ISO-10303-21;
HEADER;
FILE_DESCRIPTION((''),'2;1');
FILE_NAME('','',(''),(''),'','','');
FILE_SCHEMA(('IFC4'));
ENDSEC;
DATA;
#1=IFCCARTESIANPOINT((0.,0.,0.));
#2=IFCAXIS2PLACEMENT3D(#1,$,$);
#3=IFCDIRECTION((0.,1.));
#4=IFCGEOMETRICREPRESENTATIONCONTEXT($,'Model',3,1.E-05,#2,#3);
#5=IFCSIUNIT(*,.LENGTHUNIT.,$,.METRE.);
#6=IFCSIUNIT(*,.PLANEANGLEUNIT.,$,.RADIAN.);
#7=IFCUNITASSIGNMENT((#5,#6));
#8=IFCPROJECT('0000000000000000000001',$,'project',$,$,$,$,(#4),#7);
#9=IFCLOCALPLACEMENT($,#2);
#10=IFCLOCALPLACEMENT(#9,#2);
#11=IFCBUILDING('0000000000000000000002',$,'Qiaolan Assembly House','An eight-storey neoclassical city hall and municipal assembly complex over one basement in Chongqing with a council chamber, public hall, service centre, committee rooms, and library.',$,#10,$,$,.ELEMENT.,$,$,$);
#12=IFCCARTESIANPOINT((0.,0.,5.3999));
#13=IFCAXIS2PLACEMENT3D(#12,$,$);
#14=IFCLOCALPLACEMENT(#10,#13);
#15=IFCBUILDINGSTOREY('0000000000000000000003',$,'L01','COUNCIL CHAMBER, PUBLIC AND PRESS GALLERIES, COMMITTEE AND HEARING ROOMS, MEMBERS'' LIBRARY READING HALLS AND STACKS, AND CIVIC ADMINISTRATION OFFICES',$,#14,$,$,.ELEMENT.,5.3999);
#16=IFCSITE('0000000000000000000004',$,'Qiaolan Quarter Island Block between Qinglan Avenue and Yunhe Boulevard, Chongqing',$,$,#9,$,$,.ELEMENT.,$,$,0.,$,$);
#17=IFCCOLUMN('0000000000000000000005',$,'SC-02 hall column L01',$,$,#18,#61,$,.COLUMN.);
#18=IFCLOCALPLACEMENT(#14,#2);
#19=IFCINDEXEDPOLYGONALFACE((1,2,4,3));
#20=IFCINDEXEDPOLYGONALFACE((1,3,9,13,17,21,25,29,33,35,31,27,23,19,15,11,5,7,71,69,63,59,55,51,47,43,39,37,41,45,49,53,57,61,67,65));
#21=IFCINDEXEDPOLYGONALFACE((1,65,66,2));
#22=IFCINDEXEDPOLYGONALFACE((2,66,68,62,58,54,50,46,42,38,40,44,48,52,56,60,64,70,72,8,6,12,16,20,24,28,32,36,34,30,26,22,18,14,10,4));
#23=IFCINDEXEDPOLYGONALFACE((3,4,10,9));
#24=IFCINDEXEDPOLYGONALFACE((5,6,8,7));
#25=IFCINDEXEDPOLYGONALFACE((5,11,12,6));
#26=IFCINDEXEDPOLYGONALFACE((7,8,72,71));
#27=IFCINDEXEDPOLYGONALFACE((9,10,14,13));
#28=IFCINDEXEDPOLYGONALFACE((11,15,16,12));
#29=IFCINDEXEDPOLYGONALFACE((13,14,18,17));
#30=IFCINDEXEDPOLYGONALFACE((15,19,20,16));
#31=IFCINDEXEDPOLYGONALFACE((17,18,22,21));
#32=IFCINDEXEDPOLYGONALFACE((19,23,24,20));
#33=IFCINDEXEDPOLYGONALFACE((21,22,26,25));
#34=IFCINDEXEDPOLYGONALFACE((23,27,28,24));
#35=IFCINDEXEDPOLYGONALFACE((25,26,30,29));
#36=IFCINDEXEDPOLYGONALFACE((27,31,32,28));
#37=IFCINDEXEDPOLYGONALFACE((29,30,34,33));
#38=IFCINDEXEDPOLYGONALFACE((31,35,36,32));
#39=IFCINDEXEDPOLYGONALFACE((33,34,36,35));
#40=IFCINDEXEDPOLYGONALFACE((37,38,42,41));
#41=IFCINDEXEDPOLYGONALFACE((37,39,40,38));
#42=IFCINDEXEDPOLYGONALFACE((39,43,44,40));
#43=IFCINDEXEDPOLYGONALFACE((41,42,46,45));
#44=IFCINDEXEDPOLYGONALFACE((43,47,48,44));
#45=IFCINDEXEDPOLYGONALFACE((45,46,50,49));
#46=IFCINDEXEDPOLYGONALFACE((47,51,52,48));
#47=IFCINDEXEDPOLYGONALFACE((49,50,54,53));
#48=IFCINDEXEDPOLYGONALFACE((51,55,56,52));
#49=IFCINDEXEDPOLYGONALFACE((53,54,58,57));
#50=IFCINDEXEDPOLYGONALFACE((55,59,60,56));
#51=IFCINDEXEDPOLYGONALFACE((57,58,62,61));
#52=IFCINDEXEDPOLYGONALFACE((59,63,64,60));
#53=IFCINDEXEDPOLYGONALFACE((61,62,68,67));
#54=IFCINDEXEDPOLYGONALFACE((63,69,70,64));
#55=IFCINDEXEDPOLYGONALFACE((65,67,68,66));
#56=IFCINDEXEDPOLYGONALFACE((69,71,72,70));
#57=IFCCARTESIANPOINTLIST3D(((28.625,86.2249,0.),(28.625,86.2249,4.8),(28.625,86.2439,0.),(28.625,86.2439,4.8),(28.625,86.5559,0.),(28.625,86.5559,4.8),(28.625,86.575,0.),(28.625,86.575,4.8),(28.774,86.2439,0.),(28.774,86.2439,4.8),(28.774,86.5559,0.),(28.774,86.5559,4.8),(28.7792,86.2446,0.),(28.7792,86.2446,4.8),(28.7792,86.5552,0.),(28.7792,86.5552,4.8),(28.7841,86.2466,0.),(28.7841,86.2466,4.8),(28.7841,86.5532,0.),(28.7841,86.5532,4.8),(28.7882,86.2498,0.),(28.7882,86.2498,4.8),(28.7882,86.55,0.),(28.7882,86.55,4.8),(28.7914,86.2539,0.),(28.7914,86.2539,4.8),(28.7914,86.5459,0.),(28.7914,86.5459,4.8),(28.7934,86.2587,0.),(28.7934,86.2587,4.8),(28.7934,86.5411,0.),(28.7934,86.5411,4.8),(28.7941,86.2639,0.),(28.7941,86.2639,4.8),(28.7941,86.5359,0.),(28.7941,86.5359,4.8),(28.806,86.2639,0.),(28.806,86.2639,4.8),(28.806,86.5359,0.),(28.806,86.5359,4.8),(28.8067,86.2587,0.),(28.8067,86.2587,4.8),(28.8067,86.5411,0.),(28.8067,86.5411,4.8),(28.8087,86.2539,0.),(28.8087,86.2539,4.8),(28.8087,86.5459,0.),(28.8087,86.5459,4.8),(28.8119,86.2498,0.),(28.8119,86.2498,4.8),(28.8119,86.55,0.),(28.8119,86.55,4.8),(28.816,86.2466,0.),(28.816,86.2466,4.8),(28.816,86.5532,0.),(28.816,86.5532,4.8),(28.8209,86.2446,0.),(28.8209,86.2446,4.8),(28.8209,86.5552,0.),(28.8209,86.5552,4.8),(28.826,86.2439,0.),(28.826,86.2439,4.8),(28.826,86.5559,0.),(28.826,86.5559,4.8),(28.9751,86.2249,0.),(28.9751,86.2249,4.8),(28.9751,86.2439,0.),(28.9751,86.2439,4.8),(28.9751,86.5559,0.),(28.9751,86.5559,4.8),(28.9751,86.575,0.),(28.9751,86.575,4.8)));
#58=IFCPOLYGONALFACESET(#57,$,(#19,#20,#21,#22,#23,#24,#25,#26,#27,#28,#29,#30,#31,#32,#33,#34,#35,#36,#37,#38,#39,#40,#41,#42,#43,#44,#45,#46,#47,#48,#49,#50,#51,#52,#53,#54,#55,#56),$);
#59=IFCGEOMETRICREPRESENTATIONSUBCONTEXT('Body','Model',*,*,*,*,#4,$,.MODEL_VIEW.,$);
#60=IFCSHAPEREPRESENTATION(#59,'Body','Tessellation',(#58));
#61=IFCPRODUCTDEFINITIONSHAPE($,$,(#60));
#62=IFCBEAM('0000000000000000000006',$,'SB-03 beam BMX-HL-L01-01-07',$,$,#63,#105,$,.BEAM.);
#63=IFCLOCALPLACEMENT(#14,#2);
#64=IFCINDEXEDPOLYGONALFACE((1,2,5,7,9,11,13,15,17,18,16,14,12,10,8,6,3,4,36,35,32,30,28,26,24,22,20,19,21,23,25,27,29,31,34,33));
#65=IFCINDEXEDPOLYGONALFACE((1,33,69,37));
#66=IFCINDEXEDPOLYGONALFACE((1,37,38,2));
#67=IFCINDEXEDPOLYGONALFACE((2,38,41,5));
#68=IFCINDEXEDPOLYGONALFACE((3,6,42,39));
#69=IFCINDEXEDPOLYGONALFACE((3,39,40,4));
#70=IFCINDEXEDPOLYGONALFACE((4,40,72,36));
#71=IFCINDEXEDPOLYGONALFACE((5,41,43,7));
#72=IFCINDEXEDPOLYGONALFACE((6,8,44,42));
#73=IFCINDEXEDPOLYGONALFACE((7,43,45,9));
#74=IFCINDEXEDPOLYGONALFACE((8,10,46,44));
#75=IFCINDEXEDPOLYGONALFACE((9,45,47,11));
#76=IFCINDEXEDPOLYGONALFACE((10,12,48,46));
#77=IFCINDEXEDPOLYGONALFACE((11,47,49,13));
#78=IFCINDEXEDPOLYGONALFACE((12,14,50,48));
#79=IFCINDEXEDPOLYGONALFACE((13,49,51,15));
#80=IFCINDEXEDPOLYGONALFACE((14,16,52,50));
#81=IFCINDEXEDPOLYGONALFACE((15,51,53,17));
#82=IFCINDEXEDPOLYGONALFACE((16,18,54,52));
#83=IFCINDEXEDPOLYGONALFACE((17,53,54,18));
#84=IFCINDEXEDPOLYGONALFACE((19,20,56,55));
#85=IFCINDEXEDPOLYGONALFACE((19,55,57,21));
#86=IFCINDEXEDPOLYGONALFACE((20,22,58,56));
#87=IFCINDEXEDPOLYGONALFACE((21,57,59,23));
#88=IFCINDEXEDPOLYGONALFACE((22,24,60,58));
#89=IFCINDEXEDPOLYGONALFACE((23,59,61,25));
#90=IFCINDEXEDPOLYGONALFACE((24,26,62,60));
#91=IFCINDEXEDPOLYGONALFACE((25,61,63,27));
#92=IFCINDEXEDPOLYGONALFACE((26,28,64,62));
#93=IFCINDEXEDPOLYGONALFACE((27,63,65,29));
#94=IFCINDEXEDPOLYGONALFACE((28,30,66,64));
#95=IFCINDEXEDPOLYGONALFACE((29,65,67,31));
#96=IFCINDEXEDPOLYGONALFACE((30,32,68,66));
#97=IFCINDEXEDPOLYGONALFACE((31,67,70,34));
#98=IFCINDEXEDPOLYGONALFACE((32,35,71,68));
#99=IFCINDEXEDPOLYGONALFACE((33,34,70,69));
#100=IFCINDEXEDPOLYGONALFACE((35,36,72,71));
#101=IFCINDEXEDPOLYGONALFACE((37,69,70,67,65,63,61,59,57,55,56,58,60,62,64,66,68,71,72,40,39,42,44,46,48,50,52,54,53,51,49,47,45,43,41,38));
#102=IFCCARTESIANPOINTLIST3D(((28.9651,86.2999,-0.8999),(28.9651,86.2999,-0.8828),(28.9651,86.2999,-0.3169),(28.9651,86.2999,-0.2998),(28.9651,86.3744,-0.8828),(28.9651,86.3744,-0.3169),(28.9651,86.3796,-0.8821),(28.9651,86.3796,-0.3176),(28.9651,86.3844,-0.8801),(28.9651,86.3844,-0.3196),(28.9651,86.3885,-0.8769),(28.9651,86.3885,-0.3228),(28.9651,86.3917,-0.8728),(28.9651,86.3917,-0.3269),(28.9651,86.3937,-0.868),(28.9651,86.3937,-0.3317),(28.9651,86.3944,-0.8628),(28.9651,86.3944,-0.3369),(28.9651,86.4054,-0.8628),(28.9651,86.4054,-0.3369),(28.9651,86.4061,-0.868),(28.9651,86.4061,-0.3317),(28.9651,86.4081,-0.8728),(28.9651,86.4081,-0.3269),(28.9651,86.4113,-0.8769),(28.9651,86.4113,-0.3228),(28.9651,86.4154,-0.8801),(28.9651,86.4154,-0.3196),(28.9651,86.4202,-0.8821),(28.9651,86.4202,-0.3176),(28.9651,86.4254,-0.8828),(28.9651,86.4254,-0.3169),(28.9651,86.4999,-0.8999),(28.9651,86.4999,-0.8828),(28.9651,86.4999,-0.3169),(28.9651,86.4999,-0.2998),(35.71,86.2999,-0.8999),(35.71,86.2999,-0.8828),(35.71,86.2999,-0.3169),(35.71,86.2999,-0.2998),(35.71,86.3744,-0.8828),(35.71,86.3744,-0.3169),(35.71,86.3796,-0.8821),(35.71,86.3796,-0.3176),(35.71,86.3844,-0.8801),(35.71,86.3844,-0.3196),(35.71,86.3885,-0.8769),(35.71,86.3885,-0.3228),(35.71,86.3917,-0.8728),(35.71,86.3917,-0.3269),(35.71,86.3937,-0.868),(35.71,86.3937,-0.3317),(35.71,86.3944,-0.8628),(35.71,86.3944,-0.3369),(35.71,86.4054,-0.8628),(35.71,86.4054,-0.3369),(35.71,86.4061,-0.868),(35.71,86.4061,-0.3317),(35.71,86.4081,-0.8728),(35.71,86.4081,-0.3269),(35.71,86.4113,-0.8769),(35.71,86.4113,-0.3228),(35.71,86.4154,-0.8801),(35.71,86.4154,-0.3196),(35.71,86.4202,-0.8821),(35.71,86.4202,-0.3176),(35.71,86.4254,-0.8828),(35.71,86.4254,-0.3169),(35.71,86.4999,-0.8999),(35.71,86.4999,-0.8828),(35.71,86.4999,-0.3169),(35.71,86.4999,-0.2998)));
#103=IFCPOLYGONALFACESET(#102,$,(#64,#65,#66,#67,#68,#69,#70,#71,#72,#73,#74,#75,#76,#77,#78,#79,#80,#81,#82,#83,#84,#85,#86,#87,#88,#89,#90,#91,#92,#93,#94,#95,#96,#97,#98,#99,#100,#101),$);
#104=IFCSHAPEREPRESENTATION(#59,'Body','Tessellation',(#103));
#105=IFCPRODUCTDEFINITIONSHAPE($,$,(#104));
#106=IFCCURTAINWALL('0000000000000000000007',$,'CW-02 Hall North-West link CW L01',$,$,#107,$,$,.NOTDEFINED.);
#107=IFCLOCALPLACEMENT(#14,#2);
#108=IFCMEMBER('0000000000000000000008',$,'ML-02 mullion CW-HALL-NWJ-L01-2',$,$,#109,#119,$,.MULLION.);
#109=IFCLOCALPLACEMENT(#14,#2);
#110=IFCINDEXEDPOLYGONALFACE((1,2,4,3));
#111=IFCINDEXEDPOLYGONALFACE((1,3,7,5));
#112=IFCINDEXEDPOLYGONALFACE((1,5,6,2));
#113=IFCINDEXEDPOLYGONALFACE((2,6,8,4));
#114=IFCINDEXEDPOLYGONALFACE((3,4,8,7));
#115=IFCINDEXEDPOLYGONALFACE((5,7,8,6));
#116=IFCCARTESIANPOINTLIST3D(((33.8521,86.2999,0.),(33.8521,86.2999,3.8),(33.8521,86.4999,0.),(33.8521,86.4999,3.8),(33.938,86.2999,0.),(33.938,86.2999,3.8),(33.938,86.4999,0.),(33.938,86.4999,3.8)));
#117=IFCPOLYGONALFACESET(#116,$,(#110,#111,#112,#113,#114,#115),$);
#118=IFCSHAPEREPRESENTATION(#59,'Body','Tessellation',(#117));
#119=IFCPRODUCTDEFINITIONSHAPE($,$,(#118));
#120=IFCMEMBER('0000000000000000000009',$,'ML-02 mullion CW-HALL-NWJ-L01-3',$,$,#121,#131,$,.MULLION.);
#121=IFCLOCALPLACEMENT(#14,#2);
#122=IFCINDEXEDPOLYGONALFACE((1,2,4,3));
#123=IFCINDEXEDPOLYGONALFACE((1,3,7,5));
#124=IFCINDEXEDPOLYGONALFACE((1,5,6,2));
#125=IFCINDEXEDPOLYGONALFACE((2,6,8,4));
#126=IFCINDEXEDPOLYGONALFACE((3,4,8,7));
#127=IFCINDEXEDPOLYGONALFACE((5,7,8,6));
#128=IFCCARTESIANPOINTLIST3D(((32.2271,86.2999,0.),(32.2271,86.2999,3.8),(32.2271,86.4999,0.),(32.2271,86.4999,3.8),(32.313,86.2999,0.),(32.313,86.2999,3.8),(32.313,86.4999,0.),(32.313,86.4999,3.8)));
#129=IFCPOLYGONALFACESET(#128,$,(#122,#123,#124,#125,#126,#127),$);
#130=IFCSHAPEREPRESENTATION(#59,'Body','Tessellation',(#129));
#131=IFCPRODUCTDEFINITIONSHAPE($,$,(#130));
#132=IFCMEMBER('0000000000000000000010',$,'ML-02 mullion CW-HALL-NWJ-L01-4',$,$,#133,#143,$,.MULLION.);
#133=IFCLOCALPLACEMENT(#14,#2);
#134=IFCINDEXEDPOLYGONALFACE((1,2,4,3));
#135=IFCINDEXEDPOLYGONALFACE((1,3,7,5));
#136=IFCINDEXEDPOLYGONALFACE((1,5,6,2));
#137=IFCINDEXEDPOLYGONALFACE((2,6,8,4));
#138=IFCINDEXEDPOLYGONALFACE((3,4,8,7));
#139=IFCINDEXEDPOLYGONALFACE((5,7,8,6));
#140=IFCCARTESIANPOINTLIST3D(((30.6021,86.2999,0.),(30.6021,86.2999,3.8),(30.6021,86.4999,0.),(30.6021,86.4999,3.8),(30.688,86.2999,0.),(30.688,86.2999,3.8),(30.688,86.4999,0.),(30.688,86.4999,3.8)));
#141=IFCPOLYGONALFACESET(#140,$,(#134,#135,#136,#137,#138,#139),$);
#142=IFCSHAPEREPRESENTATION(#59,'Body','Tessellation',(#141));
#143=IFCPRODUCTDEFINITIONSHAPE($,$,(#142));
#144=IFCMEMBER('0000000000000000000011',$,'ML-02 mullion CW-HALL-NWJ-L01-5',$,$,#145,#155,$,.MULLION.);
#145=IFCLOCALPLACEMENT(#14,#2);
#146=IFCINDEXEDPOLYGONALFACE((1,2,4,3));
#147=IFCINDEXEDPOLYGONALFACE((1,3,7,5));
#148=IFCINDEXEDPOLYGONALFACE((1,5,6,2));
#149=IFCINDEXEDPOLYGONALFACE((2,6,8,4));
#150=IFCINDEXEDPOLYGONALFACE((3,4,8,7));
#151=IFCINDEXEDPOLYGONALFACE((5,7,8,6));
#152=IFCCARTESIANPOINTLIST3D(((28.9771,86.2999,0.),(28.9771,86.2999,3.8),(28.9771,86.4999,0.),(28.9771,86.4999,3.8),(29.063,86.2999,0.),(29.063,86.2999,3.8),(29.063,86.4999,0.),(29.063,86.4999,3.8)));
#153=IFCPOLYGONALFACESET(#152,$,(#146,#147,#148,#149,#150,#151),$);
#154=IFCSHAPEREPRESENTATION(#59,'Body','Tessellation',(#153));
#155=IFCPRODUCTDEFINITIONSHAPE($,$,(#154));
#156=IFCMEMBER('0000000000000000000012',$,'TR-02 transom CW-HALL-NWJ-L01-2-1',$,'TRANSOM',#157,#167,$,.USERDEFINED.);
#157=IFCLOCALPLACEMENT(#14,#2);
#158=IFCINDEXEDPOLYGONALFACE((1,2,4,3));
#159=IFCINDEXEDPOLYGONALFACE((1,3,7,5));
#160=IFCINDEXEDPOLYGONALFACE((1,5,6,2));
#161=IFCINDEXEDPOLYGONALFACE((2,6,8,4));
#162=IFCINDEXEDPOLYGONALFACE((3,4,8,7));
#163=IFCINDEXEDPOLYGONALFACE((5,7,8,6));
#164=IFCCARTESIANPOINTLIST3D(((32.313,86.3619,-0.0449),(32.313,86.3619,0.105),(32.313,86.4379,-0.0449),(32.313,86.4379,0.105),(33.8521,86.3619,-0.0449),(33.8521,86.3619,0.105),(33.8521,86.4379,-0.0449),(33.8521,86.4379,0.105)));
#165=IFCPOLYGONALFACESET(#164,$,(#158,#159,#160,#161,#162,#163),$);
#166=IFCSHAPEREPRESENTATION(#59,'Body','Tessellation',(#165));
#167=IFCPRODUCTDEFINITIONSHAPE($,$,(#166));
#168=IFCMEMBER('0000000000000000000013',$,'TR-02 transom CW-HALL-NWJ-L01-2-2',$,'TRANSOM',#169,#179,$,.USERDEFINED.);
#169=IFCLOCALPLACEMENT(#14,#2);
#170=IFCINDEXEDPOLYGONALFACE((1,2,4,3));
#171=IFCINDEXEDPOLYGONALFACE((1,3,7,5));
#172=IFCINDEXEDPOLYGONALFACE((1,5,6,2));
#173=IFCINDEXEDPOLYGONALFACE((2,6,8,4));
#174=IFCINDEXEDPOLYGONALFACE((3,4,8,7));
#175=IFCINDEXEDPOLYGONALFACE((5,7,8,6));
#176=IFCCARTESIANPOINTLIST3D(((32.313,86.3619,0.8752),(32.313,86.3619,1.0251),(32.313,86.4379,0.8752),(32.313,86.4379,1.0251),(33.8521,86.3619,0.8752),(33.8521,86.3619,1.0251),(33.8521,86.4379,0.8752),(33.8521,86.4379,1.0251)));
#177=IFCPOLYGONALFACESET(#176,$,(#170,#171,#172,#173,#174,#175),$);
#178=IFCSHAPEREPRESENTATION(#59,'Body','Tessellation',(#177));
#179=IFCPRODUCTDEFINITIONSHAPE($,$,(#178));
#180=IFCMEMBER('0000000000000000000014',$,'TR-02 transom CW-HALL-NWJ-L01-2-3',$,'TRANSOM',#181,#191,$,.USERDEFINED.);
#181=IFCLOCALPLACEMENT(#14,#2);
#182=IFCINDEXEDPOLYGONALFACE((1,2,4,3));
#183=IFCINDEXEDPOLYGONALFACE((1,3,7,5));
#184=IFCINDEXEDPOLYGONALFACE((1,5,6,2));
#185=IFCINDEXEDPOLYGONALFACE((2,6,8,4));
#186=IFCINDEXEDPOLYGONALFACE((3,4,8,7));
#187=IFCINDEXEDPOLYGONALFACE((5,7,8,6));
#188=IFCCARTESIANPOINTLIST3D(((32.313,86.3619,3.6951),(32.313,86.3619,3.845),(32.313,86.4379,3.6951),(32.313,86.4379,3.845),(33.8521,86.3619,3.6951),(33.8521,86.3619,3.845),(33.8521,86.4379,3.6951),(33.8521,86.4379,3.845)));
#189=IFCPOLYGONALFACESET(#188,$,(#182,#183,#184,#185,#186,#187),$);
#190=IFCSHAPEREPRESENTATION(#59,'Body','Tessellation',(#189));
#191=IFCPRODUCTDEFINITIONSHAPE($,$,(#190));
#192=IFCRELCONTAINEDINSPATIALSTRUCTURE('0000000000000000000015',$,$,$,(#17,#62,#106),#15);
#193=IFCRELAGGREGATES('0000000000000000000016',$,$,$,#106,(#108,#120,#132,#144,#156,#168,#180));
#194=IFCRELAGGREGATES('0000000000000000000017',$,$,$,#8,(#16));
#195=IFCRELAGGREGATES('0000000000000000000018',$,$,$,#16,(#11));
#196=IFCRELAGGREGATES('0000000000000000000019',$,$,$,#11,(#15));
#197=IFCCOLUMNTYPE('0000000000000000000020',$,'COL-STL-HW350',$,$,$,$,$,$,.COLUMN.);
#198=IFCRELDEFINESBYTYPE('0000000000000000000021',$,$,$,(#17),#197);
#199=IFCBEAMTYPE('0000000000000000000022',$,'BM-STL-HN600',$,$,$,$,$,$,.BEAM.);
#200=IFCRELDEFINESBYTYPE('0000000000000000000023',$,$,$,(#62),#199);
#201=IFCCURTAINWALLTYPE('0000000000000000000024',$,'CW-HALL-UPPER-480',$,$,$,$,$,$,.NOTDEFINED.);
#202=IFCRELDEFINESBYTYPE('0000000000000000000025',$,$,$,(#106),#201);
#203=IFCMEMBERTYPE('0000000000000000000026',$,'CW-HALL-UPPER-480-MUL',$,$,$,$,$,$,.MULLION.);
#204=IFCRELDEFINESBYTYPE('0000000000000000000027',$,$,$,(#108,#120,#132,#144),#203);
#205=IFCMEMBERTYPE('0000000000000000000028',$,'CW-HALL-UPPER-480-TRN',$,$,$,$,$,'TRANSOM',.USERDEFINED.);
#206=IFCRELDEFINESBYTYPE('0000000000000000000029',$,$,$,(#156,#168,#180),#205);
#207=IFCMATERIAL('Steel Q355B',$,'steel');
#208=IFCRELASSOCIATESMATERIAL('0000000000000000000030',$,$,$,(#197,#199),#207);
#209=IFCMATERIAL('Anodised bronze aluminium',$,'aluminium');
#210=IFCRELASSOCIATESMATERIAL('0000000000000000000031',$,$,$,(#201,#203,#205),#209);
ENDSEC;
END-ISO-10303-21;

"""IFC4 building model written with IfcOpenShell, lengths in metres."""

from ifc_helpers import new_model, si_unit, direction, frame, origin, origin_2d, place, context, subcontext, project, spatial, rectangle, i_section, extrude, material, material_profile, profile_set, type_object, element, aggregate, save


model = new_model("IFC4")

# Units and contexts
model_context = context("Model", 3, precision=1e-05, world=origin(), true_north=direction((0.0, 1.0)))
body_context = subcontext(model_context, "Body", "Model", "MODEL_VIEW")
ifc_project = project(units=[si_unit("LENGTHUNIT", "METRE"), si_unit("PLANEANGLEUNIT", "RADIAN")], contexts=[model_context])

# Site, building, storey
site_placement = place(None, origin())
site = spatial("IfcSite", under=ifc_project, at=site_placement, Name="Qiaolan Quarter Island Block between Qinglan Avenue and Yunhe Boulevard, Chongqing", CompositionType="ELEMENT", RefElevation=0.0)
building_placement = place(site_placement, origin())
building = spatial("IfcBuilding", under=site, at=building_placement, Name="Qiaolan Assembly House", Description="An eight-storey neoclassical city hall and municipal assembly complex over one basement in Chongqing with a council chamber, public hall, service centre, committee rooms, and library.", CompositionType="ELEMENT")
storey_placement = place(building_placement, frame((0.0, 0.0, 5.3999)))
storey = spatial("IfcBuildingStorey", under=building, at=storey_placement, Name="L01", Description="COUNCIL CHAMBER, PUBLIC AND PRESS GALLERIES, COMMITTEE AND HEARING ROOMS, MEMBERS' LIBRARY READING HALLS AND STACKS, AND CIVIC ADMINISTRATION OFFICES", CompositionType="ELEMENT", Elevation=5.3999)

# Column
ifc_material_1 = material(Name="Steel Q355B", Category="steel")
ifc_material_profile_1 = material_profile(ifc_material_1, i_section(OverallWidth=0.3501, OverallDepth=0.3501, WebThickness=0.012, FlangeThickness=0.019, FilletRadius=0.02, at=origin_2d()), Name="HW 350x350x12x19")
ifc_profile_set_1 = profile_set([ifc_material_profile_1], Name="Steel Q355B")
column_type = type_object("IfcColumnType", Name="COL-STL-HW350", PredefinedType="COLUMN", material=ifc_profile_set_1)
column_placement = place(storey_placement, frame((28.8, 86.3999, 0.0), z_axis=(0.0, 0.0, 1.0), x_axis=(1.0, 0.0, 0.0)))
element("IfcColumn", 1, at=column_placement, inside=storey, type_object=column_type, Name="SC-02 hall column L01", PredefinedType="COLUMN", context=body_context, shape_type="SweptSolid", body=[
    extrude(i_section(OverallWidth=0.3501, OverallDepth=0.3501, WebThickness=0.012, FlangeThickness=0.019, FilletRadius=0.02, at=origin_2d()), origin(), (0.0, 0.0, 1.0), 4.8),
])

# Beam
ifc_material_profile_2 = material_profile(ifc_material_1, i_section(OverallWidth=0.2, OverallDepth=0.6001, WebThickness=0.011, FlangeThickness=0.0171, FilletRadius=0.02, at=origin_2d()), Name="HN 600x200x11x17")
ifc_profile_set_2 = profile_set([ifc_material_profile_2], Name="Steel Q355B")
beam_type = type_object("IfcBeamType", Name="BM-STL-HN600", PredefinedType="BEAM", material=ifc_profile_set_2)
beam_placement = place(storey_placement, frame((28.9651, 86.3999, -0.5999), z_axis=(1.0, 0.0, 0.0), x_axis=(0.0, 1.0, 0.0)))
element("IfcBeam", 2, at=beam_placement, inside=storey, type_object=beam_type, Name="SB-03 beam BMX-HL-L01-01-07", PredefinedType="BEAM", context=body_context, shape_type="SweptSolid", body=[
    extrude(i_section(OverallWidth=0.2, OverallDepth=0.6001, WebThickness=0.011, FlangeThickness=0.0171, FilletRadius=0.02, at=origin_2d()), origin(), (0.0, 0.0, 1.0), 6.7449),
])

# Curtain wall, members
ifc_material_2 = material(Name="Anodised bronze aluminium", Category="aluminium")
curtain_wall_type = type_object("IfcCurtainWallType", Name="CW-HALL-UPPER-480", PredefinedType="NOTDEFINED", material=ifc_material_2)
curtain_wall_placement = place(storey_placement, origin())
curtain_wall = element("IfcCurtainWall", 3, at=curtain_wall_placement, inside=storey, type_object=curtain_wall_type, Name="CW-02 Hall North-West link CW L01", PredefinedType="NOTDEFINED")
ifc_material_profile_3 = material_profile(ifc_material_2, rectangle(XDim=0.0859, YDim=0.2, at=origin_2d()), Name="MUL 86x200")
ifc_profile_set_3 = profile_set([ifc_material_profile_3], Name="Anodised bronze aluminium")
member_type_1 = type_object("IfcMemberType", Name="CW-HALL-UPPER-480-MUL", PredefinedType="MULLION", material=ifc_profile_set_3)
member_1_placement = place(storey_placement, frame((33.895, 86.3999, 0.0), z_axis=(0.0, 0.0, 1.0), x_axis=(-1.0, 0.0, 0.0)))
member_1 = element("IfcMember", 4, at=member_1_placement, type_object=member_type_1, Name="ML-02 mullion CW-HALL-NWJ-L01-2", PredefinedType="MULLION", context=body_context, shape_type="SweptSolid", body=[
    extrude(rectangle(XDim=0.0859, YDim=0.2, at=origin_2d()), origin(), (0.0, 0.0, 1.0), 3.8),
])
member_2_placement = place(storey_placement, frame((32.27, 86.3999, 0.0), z_axis=(0.0, 0.0, 1.0), x_axis=(-1.0, 0.0, 0.0)))
member_2 = element("IfcMember", 5, at=member_2_placement, type_object=member_type_1, Name="ML-02 mullion CW-HALL-NWJ-L01-3", PredefinedType="MULLION", context=body_context, shape_type="SweptSolid", body=[
    extrude(rectangle(XDim=0.0859, YDim=0.2, at=origin_2d()), origin(), (0.0, 0.0, 1.0), 3.8),
])
member_3_placement = place(storey_placement, frame((30.645, 86.3999, 0.0), z_axis=(0.0, 0.0, 1.0), x_axis=(-1.0, 0.0, 0.0)))
member_3 = element("IfcMember", 6, at=member_3_placement, type_object=member_type_1, Name="ML-02 mullion CW-HALL-NWJ-L01-4", PredefinedType="MULLION", context=body_context, shape_type="SweptSolid", body=[
    extrude(rectangle(XDim=0.0859, YDim=0.2, at=origin_2d()), origin(), (0.0, 0.0, 1.0), 3.8),
])
member_4_placement = place(storey_placement, frame((29.02, 86.3999, 0.0), z_axis=(0.0, 0.0, 1.0), x_axis=(-1.0, 0.0, 0.0)))
member_4 = element("IfcMember", 7, at=member_4_placement, type_object=member_type_1, Name="ML-02 mullion CW-HALL-NWJ-L01-5", PredefinedType="MULLION", context=body_context, shape_type="SweptSolid", body=[
    extrude(rectangle(XDim=0.0859, YDim=0.2, at=origin_2d()), origin(), (0.0, 0.0, 1.0), 3.8),
])
ifc_material_profile_4 = material_profile(ifc_material_2, rectangle(XDim=0.0759, YDim=0.1499, at=origin_2d()), Name="TRN 76x150")
ifc_profile_set_4 = profile_set([ifc_material_profile_4], Name="Anodised bronze aluminium")
member_type_2 = type_object("IfcMemberType", Name="CW-HALL-UPPER-480-TRN", ElementType="TRANSOM", PredefinedType="USERDEFINED", material=ifc_profile_set_4)
member_5_placement = place(storey_placement, frame((33.8521, 86.3999, 0.03), z_axis=(-1.0, 0.0, 0.0), x_axis=(0.0, -1.0, 0.0)))
member_5 = element("IfcMember", 8, at=member_5_placement, type_object=member_type_2, Name="TR-02 transom CW-HALL-NWJ-L01-2-1", ObjectType="TRANSOM", PredefinedType="USERDEFINED", context=body_context, shape_type="SweptSolid", body=[
    extrude(rectangle(XDim=0.0759, YDim=0.1499, at=origin_2d()), origin(), (0.0, 0.0, 1.0), 1.5391),
])
member_6_placement = place(storey_placement, frame((33.8521, 86.3999, 0.9502), z_axis=(-1.0, 0.0, 0.0), x_axis=(0.0, -1.0, 0.0)))
member_6 = element("IfcMember", 9, at=member_6_placement, type_object=member_type_2, Name="TR-02 transom CW-HALL-NWJ-L01-2-2", ObjectType="TRANSOM", PredefinedType="USERDEFINED", context=body_context, shape_type="SweptSolid", body=[
    extrude(rectangle(XDim=0.0759, YDim=0.1499, at=origin_2d()), origin(), (0.0, 0.0, 1.0), 1.5391),
])
member_7_placement = place(storey_placement, frame((33.8521, 86.3999, 3.77), z_axis=(-1.0, 0.0, 0.0), x_axis=(0.0, -1.0, 0.0)))
member_7 = element("IfcMember", 10, at=member_7_placement, type_object=member_type_2, Name="TR-02 transom CW-HALL-NWJ-L01-2-3", ObjectType="TRANSOM", PredefinedType="USERDEFINED", context=body_context, shape_type="SweptSolid", body=[
    extrude(rectangle(XDim=0.0759, YDim=0.1499, at=origin_2d()), origin(), (0.0, 0.0, 1.0), 1.5391),
])
aggregate(curtain_wall, [member_1, member_2, member_3, member_4, member_5, member_6, member_7])

save(model, "model.ifc")
